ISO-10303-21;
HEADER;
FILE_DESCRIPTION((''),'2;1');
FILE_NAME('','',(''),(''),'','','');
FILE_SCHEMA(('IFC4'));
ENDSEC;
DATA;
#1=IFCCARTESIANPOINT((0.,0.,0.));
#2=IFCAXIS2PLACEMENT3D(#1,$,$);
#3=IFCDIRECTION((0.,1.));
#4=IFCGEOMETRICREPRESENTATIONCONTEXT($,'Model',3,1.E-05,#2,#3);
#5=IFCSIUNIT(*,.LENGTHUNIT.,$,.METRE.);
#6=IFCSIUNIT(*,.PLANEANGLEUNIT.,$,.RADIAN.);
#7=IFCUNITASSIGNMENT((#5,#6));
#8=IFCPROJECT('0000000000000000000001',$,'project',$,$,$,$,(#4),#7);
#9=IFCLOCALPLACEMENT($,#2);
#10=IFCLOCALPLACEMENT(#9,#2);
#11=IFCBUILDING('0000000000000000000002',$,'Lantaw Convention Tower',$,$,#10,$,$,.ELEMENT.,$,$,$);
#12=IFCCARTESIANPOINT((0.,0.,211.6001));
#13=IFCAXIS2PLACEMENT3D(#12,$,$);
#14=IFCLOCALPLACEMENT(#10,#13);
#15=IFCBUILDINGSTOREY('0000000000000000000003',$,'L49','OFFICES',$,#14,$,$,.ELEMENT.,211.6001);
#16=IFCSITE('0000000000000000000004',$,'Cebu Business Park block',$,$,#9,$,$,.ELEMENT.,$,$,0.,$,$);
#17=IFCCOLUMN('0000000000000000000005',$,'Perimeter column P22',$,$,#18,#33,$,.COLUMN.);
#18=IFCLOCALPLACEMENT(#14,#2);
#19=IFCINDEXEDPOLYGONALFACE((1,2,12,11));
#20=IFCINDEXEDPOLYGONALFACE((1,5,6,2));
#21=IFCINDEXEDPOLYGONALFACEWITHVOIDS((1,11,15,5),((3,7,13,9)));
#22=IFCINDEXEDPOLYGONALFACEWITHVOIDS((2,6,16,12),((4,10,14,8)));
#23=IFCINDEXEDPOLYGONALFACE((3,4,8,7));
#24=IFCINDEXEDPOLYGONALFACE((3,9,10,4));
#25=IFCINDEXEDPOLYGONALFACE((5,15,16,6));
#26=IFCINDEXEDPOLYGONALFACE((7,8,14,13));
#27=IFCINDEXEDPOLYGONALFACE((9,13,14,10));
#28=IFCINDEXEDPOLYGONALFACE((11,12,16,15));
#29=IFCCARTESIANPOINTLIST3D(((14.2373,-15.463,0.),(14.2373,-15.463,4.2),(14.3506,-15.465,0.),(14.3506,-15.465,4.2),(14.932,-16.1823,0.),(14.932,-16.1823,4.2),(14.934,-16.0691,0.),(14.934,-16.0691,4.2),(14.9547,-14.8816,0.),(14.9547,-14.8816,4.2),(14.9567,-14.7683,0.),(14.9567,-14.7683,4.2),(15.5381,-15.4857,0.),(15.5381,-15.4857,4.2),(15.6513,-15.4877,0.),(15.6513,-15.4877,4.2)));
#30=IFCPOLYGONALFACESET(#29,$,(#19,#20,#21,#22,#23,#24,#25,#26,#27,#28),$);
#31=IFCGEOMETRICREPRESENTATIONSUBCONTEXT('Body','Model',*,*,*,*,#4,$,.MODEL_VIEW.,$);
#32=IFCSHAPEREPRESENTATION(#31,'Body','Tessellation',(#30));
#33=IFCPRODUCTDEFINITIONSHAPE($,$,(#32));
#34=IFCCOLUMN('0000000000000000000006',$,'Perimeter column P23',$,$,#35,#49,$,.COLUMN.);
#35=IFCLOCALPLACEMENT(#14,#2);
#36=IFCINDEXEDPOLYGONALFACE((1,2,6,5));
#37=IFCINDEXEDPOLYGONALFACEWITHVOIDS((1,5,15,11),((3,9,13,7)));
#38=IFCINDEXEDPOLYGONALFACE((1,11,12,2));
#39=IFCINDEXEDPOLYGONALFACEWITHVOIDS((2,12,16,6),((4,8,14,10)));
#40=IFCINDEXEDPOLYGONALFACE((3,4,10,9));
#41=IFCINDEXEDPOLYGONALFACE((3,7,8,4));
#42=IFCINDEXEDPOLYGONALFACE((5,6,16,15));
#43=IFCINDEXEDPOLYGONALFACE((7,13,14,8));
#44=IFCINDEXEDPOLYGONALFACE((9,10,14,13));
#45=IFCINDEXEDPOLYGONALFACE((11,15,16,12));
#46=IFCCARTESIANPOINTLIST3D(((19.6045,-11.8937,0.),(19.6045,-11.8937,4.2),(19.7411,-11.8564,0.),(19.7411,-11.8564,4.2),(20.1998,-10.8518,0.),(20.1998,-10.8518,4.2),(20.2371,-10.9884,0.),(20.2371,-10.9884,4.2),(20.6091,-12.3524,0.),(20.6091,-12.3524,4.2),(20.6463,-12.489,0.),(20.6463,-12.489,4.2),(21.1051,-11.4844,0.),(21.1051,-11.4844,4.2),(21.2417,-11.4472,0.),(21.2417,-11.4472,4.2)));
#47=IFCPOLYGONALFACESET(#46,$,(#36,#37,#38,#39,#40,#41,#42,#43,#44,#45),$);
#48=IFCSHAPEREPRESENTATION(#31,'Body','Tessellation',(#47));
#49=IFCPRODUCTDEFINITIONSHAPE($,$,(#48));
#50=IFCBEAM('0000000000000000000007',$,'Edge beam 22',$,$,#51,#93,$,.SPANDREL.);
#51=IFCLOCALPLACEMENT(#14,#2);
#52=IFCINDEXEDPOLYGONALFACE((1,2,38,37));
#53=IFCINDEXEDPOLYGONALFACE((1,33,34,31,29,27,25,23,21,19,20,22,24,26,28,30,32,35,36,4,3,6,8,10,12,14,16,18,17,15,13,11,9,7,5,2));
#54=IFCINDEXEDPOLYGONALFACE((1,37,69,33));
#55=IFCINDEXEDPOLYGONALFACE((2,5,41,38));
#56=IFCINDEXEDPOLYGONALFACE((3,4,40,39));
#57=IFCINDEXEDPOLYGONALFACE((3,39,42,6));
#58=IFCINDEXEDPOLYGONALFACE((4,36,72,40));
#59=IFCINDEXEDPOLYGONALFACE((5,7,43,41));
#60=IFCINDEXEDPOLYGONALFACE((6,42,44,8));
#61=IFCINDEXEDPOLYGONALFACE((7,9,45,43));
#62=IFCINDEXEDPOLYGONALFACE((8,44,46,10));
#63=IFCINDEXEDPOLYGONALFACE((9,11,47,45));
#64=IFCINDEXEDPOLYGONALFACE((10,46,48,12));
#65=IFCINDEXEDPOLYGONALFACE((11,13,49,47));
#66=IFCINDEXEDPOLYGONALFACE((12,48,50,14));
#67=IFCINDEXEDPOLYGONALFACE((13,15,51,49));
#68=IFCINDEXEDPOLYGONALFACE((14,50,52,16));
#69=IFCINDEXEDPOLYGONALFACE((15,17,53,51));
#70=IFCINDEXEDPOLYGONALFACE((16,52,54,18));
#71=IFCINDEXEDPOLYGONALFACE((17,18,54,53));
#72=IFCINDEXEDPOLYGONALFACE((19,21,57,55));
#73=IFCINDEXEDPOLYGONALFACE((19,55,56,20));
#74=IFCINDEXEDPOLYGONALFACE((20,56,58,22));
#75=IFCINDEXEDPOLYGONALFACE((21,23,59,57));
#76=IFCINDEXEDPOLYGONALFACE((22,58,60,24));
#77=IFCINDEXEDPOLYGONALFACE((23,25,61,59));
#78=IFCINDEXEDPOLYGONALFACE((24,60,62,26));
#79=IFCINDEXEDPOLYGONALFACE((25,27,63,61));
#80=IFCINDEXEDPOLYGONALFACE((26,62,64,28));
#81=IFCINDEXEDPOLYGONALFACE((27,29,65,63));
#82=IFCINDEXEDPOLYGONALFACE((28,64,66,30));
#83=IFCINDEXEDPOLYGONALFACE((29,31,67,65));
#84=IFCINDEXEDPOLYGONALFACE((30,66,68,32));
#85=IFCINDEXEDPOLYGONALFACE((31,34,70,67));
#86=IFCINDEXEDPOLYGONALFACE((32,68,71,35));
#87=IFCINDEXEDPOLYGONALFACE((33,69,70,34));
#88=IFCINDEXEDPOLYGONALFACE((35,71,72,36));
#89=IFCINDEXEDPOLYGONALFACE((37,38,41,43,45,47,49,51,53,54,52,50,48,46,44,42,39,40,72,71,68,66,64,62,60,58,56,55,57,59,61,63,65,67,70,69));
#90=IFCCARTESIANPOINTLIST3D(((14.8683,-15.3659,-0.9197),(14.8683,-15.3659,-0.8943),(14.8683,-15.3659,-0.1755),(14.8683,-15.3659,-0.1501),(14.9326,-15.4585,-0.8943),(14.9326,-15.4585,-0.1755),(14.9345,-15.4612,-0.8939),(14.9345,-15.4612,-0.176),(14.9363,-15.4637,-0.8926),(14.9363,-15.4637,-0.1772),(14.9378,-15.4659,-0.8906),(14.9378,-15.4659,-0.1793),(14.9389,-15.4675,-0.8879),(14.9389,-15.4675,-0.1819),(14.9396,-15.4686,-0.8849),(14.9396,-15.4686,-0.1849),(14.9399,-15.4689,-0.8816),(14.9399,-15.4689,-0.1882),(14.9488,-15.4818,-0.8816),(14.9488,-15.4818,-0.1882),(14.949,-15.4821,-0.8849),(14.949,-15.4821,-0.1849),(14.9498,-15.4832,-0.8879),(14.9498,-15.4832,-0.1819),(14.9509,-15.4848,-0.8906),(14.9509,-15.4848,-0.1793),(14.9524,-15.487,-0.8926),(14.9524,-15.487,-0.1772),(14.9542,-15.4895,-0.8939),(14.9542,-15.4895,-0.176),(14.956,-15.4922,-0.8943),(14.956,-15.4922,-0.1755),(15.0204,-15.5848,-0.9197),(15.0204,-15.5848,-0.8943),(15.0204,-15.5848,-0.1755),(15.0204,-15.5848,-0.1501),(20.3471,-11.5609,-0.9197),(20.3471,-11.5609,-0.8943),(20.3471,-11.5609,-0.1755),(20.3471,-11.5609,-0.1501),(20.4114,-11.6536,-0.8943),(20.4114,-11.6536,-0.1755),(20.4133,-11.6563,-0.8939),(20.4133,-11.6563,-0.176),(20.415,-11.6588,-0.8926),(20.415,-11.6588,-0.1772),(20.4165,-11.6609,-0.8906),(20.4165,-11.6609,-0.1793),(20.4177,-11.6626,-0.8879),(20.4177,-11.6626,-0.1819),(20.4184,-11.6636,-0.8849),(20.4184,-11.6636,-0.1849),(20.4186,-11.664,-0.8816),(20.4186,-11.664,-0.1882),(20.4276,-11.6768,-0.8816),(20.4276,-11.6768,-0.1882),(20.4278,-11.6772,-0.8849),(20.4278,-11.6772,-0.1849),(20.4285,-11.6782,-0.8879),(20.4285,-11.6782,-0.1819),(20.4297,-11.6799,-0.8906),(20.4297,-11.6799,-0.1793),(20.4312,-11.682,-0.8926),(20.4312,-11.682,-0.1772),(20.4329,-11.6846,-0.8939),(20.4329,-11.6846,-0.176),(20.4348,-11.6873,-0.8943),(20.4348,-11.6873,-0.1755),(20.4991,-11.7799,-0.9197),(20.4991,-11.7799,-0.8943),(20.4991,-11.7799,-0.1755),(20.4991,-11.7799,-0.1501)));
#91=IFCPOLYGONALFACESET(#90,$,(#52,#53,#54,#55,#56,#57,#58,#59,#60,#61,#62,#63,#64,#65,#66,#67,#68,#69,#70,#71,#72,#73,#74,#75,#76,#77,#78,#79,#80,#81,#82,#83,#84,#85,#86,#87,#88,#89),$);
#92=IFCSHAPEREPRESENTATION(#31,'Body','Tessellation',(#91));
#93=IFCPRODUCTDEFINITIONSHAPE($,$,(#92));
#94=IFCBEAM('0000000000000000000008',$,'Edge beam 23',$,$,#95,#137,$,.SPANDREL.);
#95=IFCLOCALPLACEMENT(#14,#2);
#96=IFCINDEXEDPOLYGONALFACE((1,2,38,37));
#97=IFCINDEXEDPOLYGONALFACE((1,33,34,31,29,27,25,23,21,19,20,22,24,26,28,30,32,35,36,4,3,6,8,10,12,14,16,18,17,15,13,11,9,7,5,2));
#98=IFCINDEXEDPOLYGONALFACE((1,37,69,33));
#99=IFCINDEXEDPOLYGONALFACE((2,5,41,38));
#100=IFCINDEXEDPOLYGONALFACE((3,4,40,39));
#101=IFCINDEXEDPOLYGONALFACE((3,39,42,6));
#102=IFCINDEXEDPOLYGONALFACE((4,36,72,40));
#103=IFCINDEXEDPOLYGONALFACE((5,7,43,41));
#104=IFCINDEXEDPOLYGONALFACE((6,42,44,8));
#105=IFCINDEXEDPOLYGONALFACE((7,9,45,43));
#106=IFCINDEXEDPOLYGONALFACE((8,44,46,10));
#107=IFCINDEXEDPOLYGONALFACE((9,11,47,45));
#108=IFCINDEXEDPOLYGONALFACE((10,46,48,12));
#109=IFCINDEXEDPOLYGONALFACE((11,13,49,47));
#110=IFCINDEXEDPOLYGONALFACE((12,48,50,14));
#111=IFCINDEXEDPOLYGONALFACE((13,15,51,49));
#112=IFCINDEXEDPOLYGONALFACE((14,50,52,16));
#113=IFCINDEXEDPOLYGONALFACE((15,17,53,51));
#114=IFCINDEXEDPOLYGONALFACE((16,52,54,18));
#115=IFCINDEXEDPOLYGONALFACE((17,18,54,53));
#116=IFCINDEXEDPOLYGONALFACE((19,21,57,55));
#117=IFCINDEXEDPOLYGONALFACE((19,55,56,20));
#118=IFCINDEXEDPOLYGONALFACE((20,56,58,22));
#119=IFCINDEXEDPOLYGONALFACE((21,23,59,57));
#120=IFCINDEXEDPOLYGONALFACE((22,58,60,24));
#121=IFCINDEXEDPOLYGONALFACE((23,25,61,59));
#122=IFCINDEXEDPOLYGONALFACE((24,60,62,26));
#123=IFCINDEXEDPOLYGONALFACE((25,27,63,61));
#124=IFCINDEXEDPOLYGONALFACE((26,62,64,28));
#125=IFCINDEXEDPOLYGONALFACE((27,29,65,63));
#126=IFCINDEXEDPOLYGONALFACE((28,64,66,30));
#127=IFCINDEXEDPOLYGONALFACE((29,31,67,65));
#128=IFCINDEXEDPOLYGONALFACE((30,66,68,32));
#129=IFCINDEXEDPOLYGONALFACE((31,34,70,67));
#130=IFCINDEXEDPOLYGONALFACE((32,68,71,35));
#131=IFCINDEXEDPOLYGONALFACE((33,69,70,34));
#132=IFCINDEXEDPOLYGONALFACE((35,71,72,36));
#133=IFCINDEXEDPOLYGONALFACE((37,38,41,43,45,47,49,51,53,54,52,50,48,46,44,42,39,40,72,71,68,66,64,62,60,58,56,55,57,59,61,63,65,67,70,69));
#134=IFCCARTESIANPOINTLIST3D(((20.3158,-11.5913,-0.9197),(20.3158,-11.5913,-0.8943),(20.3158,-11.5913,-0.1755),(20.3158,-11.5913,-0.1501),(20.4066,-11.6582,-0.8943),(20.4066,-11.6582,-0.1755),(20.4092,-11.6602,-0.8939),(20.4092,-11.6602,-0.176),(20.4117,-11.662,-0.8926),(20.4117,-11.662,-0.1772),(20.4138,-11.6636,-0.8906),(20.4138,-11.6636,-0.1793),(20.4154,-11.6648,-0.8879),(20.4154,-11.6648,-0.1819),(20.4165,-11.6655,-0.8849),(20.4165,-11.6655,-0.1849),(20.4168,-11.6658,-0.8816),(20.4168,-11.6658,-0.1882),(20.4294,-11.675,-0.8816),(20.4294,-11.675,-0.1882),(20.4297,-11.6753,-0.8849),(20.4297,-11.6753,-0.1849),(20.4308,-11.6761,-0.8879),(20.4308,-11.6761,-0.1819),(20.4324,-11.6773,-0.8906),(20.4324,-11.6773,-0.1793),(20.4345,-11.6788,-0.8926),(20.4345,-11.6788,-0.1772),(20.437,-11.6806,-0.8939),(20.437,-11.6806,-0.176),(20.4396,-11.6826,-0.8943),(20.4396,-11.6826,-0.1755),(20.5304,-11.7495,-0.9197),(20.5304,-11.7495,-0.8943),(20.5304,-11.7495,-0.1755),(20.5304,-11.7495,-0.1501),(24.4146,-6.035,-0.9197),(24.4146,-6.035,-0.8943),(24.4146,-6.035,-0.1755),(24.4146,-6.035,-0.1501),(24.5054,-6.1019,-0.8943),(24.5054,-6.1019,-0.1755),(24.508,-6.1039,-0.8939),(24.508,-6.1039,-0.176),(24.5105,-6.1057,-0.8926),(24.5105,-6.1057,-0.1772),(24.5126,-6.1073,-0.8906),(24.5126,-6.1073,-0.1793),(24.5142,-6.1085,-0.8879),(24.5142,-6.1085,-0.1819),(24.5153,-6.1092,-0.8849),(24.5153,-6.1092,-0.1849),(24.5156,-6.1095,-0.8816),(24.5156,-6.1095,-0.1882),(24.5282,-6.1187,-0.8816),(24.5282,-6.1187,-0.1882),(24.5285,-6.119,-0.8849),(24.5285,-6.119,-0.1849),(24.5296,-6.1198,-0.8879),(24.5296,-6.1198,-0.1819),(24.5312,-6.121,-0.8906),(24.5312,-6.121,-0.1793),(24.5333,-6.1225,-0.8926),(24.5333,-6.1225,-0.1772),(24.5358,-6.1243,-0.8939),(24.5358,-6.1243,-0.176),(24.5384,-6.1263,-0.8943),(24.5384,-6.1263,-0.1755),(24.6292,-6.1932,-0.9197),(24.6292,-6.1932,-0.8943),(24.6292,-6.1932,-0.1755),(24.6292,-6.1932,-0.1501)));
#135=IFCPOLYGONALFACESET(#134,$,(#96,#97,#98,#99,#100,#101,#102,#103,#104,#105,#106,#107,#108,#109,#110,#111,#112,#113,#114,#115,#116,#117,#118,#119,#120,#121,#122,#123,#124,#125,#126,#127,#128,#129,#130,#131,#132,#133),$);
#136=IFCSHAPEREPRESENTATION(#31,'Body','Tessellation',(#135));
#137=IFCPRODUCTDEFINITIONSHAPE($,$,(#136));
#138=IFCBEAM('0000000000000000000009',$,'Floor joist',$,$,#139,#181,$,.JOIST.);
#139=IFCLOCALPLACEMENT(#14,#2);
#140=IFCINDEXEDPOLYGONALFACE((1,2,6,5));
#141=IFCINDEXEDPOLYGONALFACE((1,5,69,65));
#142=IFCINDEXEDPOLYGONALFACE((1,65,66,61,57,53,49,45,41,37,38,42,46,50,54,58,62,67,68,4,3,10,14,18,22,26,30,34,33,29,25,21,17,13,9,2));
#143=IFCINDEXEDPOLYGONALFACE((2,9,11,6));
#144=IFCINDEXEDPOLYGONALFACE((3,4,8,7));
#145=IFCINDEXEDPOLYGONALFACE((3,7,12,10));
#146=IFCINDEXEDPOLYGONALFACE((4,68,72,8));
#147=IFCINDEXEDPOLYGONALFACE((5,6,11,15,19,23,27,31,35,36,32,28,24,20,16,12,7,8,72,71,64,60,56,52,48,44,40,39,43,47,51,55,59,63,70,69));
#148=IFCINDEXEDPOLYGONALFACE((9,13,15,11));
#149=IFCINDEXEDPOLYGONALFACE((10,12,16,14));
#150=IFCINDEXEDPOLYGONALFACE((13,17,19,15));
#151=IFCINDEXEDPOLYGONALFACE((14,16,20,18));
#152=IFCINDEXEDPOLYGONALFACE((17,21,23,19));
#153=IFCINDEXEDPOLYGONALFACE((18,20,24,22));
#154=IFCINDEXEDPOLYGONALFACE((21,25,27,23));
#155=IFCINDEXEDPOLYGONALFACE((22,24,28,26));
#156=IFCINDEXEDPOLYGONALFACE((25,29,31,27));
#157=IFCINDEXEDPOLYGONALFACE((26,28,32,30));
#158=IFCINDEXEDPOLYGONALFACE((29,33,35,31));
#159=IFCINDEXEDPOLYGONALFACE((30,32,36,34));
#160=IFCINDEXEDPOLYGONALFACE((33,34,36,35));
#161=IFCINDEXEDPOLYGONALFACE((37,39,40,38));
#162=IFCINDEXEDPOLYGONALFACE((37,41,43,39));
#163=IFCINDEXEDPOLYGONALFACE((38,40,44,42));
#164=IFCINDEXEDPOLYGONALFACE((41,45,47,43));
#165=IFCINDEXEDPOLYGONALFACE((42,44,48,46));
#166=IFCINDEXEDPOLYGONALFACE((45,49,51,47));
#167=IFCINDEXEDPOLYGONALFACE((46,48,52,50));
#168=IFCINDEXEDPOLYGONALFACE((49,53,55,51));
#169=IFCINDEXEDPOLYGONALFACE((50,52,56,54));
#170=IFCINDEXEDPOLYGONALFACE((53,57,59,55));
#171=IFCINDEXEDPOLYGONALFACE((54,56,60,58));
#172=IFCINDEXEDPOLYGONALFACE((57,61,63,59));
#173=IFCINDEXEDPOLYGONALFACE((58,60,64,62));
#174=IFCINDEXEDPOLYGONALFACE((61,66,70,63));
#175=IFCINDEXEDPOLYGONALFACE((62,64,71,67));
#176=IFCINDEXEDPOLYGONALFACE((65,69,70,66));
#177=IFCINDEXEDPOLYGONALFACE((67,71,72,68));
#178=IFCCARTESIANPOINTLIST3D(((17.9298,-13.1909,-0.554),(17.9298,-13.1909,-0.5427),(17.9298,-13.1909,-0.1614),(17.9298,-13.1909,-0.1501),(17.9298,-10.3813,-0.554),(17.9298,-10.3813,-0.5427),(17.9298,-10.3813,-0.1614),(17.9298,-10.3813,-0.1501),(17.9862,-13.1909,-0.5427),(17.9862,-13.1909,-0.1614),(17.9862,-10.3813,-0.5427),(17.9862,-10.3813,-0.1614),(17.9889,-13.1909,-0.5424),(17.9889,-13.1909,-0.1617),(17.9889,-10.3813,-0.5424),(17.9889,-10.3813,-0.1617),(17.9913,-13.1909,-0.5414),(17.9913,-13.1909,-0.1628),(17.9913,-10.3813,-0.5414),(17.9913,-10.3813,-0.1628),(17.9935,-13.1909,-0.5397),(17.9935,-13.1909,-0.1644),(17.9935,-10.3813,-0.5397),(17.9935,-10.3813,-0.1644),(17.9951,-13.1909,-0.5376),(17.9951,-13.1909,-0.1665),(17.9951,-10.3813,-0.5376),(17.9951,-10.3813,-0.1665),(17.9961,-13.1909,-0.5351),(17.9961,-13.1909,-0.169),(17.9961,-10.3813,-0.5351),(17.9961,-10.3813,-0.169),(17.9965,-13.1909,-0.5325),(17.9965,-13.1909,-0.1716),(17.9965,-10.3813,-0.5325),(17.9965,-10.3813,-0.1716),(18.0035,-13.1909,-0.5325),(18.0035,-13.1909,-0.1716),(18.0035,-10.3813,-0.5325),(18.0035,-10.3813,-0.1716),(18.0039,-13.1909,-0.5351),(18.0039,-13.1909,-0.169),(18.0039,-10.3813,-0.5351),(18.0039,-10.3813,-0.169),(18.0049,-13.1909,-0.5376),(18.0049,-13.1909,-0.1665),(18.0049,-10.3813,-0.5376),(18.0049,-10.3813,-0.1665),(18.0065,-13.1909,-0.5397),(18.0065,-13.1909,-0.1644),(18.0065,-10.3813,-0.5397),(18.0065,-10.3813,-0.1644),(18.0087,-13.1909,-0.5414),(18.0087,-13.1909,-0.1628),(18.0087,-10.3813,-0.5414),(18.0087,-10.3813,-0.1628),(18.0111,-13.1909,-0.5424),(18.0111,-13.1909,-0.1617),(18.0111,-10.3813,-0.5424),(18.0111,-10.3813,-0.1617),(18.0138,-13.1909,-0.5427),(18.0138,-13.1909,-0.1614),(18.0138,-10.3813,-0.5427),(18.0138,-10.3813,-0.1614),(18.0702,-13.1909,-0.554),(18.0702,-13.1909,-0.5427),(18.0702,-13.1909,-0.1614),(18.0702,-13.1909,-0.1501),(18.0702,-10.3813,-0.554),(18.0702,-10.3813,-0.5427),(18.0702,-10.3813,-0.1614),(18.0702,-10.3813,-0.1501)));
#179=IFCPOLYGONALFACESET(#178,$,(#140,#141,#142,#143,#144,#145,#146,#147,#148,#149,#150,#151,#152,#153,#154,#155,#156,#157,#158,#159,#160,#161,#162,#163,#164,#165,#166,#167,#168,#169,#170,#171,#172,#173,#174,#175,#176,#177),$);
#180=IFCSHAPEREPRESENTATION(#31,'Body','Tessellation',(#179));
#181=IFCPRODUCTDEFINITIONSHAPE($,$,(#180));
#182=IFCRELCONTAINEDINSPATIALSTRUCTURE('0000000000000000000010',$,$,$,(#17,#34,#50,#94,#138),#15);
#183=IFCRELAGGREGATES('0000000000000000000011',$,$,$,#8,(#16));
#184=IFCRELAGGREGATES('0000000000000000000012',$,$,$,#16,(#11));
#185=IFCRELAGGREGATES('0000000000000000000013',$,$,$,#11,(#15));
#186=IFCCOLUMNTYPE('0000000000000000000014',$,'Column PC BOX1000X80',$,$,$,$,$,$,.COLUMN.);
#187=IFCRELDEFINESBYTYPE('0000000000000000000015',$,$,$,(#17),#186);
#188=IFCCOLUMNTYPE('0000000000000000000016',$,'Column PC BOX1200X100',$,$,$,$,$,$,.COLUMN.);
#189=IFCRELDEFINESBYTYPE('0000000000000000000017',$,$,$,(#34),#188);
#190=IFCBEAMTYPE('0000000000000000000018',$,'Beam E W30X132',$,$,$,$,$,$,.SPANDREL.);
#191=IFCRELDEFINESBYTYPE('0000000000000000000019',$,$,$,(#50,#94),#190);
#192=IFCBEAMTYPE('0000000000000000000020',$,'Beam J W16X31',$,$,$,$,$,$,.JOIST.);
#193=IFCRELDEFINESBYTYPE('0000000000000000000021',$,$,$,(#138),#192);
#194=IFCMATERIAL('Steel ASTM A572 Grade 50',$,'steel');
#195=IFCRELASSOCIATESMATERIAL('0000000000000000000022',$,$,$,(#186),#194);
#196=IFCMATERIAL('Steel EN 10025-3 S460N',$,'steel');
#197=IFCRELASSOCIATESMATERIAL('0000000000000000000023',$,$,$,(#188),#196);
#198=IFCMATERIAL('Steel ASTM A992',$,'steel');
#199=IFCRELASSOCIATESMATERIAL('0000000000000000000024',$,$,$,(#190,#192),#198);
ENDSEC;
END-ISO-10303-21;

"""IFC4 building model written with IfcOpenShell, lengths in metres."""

from ifc_helpers import new_model, si_unit, direction, frame, origin, origin_2d, place, context, subcontext, project, spatial, rectangle, hollow_rectangle, i_section, extrude, material, material_profile, profile_set, type_object, element, save


model = new_model("IFC4")

# Units and contexts
model_context = context("Model", 3, precision=1e-05, world=origin(), true_north=direction((0.0, 1.0)))
body_context = subcontext(model_context, "Body", "Model", "MODEL_VIEW")
ifc_project = project(units=[si_unit("LENGTHUNIT", "METRE"), si_unit("PLANEANGLEUNIT", "RADIAN")], contexts=[model_context])

# Site, building, storey
site_placement = place(None, origin())
site = spatial("IfcSite", under=ifc_project, at=site_placement, Name="Cebu Business Park block", CompositionType="ELEMENT", RefElevation=0.0)
building_placement = place(site_placement, origin())
building = spatial("IfcBuilding", under=site, at=building_placement, Name="Lantaw Convention Tower", CompositionType="ELEMENT")
storey_placement = place(building_placement, frame((0.0, 0.0, 211.6001)))
storey = spatial("IfcBuildingStorey", under=building, at=storey_placement, Name="L49", Description="OFFICES", CompositionType="ELEMENT", Elevation=211.6001)

# Columns
ifc_material_1 = material(Name="Steel ASTM A572 Grade 50", Category="steel")
ifc_material_profile_1 = material_profile(ifc_material_1, hollow_rectangle(XDim=1.0, YDim=1.0, WallThickness=0.0801, at=origin_2d()), Name="BOX1000X80")
ifc_material_2 = material(Name="Concrete C60/75", Category="concrete")
ifc_material_profile_2 = material_profile(ifc_material_2, rectangle(XDim=0.8401, YDim=0.8401, at=origin_2d()), Name="Concrete fill of BOX1000X80")
ifc_profile_set_1 = profile_set([ifc_material_profile_1, ifc_material_profile_2], Name="Steel ASTM A572 Grade 50")
column_type_1 = type_object("IfcColumnType", Name="Column PC BOX1000X80", PredefinedType="COLUMN", material=ifc_profile_set_1)
column_1_placement = place(storey_placement, frame((14.9443, -15.4753, 0.0), z_axis=(0.0, 0.0, 1.0), x_axis=(0.71934, 0.694658, 0.0)))
element("IfcColumn", 1, at=column_1_placement, inside=storey, type_object=column_type_1, Name="Perimeter column P22", PredefinedType="COLUMN", context=body_context, shape_type="SweptSolid", body=[
    extrude(hollow_rectangle(XDim=1.0, YDim=1.0, WallThickness=0.0801, at=origin_2d()), origin(), (0.0, 0.0, 1.0), 4.2),
])
ifc_material_3 = material(Name="Steel EN 10025-3 S460N", Category="steel")
ifc_material_profile_3 = material_profile(ifc_material_3, hollow_rectangle(XDim=1.2, YDim=1.2, WallThickness=0.1001, at=origin_2d()), Name="BOX1200X100")
ifc_material_profile_4 = material_profile(ifc_material_2, rectangle(XDim=1.0, YDim=1.0, at=origin_2d()), Name="Concrete fill of BOX1200X100")
ifc_profile_set_2 = profile_set([ifc_material_profile_3, ifc_material_profile_4], Name="Steel EN 10025-3 S460N")
column_type_2 = type_object("IfcColumnType", Name="Column PC BOX1200X100", PredefinedType="COLUMN", material=ifc_profile_set_2)
column_2_placement = place(storey_placement, frame((20.4231, -11.6704, 0.0), z_axis=(0.0, 0.0, 1.0), x_axis=(0.496139, 0.868243, 0.0)))
element("IfcColumn", 2, at=column_2_placement, inside=storey, type_object=column_type_2, Name="Perimeter column P23", PredefinedType="COLUMN", context=body_context, shape_type="SweptSolid", body=[
    extrude(hollow_rectangle(XDim=1.2, YDim=1.2, WallThickness=0.1001, at=origin_2d()), origin(), (0.0, 0.0, 1.0), 4.2),
])

# Beams
ifc_material_4 = material(Name="Steel ASTM A992", Category="steel")
ifc_material_profile_5 = material_profile(ifc_material_4, i_section(OverallWidth=0.2666, OverallDepth=0.7695, WebThickness=0.0156, FlangeThickness=0.0254, FilletRadius=0.0127, at=origin_2d()), Name="W30X132")
ifc_profile_set_3 = profile_set([ifc_material_profile_5], Name="Steel ASTM A992")
beam_type_1 = type_object("IfcBeamType", Name="Beam E W30X132", PredefinedType="SPANDREL", material=ifc_profile_set_3)
beam_1_placement = place(storey_placement, frame((14.9443, -15.4753, -0.5349), z_axis=(0.821353, 0.57042, 0.0), x_axis=(-0.57042, 0.821353, 0.0)))
element("IfcBeam", 3, at=beam_1_placement, inside=storey, type_object=beam_type_1, Name="Edge beam 22", PredefinedType="SPANDREL", context=body_context, shape_type="SweptSolid", body=[
    extrude(i_section(OverallWidth=0.2666, OverallDepth=0.7695, WebThickness=0.0156, FlangeThickness=0.0254, FilletRadius=0.0127, at=origin_2d()), origin(), (0.0, 0.0, 1.0), 6.6704),
])
beam_2_placement = place(storey_placement, frame((20.4231, -11.6704, -0.5349), z_axis=(0.593639, 0.804731, 0.0), x_axis=(-0.804731, 0.593639, 0.0)))
element("IfcBeam", 4, at=beam_2_placement, inside=storey, type_object=beam_type_1, Name="Edge beam 23", PredefinedType="SPANDREL", context=body_context, shape_type="SweptSolid", body=[
    extrude(i_section(OverallWidth=0.2666, OverallDepth=0.7695, WebThickness=0.0156, FlangeThickness=0.0254, FilletRadius=0.0127, at=origin_2d()), origin(), (0.0, 0.0, 1.0), 6.9045),
])
ifc_material_profile_6 = material_profile(ifc_material_4, i_section(OverallWidth=0.1404, OverallDepth=0.4038, WebThickness=0.0071, FlangeThickness=0.0112, FilletRadius=0.0103, at=origin_2d()), Name="W16X31")
ifc_profile_set_4 = profile_set([ifc_material_profile_6], Name="Steel ASTM A992")
beam_type_2 = type_object("IfcBeamType", Name="Beam J W16X31", PredefinedType="JOIST", material=ifc_profile_set_4)
beam_3_placement = place(storey_placement, frame((18.0, -13.1909, -0.3521), z_axis=(0.0, 1.0, 0.0), x_axis=(-1.0, 0.0, 0.0)))
element("IfcBeam", 5, at=beam_3_placement, inside=storey, type_object=beam_type_2, Name="Floor joist", PredefinedType="JOIST", context=body_context, shape_type="SweptSolid", body=[
    extrude(i_section(OverallWidth=0.1404, OverallDepth=0.4038, WebThickness=0.0071, FlangeThickness=0.0112, FilletRadius=0.0103, at=origin_2d()), origin(), (0.0, 0.0, 1.0), 2.8096),
])

save(model, "model.ifc")
